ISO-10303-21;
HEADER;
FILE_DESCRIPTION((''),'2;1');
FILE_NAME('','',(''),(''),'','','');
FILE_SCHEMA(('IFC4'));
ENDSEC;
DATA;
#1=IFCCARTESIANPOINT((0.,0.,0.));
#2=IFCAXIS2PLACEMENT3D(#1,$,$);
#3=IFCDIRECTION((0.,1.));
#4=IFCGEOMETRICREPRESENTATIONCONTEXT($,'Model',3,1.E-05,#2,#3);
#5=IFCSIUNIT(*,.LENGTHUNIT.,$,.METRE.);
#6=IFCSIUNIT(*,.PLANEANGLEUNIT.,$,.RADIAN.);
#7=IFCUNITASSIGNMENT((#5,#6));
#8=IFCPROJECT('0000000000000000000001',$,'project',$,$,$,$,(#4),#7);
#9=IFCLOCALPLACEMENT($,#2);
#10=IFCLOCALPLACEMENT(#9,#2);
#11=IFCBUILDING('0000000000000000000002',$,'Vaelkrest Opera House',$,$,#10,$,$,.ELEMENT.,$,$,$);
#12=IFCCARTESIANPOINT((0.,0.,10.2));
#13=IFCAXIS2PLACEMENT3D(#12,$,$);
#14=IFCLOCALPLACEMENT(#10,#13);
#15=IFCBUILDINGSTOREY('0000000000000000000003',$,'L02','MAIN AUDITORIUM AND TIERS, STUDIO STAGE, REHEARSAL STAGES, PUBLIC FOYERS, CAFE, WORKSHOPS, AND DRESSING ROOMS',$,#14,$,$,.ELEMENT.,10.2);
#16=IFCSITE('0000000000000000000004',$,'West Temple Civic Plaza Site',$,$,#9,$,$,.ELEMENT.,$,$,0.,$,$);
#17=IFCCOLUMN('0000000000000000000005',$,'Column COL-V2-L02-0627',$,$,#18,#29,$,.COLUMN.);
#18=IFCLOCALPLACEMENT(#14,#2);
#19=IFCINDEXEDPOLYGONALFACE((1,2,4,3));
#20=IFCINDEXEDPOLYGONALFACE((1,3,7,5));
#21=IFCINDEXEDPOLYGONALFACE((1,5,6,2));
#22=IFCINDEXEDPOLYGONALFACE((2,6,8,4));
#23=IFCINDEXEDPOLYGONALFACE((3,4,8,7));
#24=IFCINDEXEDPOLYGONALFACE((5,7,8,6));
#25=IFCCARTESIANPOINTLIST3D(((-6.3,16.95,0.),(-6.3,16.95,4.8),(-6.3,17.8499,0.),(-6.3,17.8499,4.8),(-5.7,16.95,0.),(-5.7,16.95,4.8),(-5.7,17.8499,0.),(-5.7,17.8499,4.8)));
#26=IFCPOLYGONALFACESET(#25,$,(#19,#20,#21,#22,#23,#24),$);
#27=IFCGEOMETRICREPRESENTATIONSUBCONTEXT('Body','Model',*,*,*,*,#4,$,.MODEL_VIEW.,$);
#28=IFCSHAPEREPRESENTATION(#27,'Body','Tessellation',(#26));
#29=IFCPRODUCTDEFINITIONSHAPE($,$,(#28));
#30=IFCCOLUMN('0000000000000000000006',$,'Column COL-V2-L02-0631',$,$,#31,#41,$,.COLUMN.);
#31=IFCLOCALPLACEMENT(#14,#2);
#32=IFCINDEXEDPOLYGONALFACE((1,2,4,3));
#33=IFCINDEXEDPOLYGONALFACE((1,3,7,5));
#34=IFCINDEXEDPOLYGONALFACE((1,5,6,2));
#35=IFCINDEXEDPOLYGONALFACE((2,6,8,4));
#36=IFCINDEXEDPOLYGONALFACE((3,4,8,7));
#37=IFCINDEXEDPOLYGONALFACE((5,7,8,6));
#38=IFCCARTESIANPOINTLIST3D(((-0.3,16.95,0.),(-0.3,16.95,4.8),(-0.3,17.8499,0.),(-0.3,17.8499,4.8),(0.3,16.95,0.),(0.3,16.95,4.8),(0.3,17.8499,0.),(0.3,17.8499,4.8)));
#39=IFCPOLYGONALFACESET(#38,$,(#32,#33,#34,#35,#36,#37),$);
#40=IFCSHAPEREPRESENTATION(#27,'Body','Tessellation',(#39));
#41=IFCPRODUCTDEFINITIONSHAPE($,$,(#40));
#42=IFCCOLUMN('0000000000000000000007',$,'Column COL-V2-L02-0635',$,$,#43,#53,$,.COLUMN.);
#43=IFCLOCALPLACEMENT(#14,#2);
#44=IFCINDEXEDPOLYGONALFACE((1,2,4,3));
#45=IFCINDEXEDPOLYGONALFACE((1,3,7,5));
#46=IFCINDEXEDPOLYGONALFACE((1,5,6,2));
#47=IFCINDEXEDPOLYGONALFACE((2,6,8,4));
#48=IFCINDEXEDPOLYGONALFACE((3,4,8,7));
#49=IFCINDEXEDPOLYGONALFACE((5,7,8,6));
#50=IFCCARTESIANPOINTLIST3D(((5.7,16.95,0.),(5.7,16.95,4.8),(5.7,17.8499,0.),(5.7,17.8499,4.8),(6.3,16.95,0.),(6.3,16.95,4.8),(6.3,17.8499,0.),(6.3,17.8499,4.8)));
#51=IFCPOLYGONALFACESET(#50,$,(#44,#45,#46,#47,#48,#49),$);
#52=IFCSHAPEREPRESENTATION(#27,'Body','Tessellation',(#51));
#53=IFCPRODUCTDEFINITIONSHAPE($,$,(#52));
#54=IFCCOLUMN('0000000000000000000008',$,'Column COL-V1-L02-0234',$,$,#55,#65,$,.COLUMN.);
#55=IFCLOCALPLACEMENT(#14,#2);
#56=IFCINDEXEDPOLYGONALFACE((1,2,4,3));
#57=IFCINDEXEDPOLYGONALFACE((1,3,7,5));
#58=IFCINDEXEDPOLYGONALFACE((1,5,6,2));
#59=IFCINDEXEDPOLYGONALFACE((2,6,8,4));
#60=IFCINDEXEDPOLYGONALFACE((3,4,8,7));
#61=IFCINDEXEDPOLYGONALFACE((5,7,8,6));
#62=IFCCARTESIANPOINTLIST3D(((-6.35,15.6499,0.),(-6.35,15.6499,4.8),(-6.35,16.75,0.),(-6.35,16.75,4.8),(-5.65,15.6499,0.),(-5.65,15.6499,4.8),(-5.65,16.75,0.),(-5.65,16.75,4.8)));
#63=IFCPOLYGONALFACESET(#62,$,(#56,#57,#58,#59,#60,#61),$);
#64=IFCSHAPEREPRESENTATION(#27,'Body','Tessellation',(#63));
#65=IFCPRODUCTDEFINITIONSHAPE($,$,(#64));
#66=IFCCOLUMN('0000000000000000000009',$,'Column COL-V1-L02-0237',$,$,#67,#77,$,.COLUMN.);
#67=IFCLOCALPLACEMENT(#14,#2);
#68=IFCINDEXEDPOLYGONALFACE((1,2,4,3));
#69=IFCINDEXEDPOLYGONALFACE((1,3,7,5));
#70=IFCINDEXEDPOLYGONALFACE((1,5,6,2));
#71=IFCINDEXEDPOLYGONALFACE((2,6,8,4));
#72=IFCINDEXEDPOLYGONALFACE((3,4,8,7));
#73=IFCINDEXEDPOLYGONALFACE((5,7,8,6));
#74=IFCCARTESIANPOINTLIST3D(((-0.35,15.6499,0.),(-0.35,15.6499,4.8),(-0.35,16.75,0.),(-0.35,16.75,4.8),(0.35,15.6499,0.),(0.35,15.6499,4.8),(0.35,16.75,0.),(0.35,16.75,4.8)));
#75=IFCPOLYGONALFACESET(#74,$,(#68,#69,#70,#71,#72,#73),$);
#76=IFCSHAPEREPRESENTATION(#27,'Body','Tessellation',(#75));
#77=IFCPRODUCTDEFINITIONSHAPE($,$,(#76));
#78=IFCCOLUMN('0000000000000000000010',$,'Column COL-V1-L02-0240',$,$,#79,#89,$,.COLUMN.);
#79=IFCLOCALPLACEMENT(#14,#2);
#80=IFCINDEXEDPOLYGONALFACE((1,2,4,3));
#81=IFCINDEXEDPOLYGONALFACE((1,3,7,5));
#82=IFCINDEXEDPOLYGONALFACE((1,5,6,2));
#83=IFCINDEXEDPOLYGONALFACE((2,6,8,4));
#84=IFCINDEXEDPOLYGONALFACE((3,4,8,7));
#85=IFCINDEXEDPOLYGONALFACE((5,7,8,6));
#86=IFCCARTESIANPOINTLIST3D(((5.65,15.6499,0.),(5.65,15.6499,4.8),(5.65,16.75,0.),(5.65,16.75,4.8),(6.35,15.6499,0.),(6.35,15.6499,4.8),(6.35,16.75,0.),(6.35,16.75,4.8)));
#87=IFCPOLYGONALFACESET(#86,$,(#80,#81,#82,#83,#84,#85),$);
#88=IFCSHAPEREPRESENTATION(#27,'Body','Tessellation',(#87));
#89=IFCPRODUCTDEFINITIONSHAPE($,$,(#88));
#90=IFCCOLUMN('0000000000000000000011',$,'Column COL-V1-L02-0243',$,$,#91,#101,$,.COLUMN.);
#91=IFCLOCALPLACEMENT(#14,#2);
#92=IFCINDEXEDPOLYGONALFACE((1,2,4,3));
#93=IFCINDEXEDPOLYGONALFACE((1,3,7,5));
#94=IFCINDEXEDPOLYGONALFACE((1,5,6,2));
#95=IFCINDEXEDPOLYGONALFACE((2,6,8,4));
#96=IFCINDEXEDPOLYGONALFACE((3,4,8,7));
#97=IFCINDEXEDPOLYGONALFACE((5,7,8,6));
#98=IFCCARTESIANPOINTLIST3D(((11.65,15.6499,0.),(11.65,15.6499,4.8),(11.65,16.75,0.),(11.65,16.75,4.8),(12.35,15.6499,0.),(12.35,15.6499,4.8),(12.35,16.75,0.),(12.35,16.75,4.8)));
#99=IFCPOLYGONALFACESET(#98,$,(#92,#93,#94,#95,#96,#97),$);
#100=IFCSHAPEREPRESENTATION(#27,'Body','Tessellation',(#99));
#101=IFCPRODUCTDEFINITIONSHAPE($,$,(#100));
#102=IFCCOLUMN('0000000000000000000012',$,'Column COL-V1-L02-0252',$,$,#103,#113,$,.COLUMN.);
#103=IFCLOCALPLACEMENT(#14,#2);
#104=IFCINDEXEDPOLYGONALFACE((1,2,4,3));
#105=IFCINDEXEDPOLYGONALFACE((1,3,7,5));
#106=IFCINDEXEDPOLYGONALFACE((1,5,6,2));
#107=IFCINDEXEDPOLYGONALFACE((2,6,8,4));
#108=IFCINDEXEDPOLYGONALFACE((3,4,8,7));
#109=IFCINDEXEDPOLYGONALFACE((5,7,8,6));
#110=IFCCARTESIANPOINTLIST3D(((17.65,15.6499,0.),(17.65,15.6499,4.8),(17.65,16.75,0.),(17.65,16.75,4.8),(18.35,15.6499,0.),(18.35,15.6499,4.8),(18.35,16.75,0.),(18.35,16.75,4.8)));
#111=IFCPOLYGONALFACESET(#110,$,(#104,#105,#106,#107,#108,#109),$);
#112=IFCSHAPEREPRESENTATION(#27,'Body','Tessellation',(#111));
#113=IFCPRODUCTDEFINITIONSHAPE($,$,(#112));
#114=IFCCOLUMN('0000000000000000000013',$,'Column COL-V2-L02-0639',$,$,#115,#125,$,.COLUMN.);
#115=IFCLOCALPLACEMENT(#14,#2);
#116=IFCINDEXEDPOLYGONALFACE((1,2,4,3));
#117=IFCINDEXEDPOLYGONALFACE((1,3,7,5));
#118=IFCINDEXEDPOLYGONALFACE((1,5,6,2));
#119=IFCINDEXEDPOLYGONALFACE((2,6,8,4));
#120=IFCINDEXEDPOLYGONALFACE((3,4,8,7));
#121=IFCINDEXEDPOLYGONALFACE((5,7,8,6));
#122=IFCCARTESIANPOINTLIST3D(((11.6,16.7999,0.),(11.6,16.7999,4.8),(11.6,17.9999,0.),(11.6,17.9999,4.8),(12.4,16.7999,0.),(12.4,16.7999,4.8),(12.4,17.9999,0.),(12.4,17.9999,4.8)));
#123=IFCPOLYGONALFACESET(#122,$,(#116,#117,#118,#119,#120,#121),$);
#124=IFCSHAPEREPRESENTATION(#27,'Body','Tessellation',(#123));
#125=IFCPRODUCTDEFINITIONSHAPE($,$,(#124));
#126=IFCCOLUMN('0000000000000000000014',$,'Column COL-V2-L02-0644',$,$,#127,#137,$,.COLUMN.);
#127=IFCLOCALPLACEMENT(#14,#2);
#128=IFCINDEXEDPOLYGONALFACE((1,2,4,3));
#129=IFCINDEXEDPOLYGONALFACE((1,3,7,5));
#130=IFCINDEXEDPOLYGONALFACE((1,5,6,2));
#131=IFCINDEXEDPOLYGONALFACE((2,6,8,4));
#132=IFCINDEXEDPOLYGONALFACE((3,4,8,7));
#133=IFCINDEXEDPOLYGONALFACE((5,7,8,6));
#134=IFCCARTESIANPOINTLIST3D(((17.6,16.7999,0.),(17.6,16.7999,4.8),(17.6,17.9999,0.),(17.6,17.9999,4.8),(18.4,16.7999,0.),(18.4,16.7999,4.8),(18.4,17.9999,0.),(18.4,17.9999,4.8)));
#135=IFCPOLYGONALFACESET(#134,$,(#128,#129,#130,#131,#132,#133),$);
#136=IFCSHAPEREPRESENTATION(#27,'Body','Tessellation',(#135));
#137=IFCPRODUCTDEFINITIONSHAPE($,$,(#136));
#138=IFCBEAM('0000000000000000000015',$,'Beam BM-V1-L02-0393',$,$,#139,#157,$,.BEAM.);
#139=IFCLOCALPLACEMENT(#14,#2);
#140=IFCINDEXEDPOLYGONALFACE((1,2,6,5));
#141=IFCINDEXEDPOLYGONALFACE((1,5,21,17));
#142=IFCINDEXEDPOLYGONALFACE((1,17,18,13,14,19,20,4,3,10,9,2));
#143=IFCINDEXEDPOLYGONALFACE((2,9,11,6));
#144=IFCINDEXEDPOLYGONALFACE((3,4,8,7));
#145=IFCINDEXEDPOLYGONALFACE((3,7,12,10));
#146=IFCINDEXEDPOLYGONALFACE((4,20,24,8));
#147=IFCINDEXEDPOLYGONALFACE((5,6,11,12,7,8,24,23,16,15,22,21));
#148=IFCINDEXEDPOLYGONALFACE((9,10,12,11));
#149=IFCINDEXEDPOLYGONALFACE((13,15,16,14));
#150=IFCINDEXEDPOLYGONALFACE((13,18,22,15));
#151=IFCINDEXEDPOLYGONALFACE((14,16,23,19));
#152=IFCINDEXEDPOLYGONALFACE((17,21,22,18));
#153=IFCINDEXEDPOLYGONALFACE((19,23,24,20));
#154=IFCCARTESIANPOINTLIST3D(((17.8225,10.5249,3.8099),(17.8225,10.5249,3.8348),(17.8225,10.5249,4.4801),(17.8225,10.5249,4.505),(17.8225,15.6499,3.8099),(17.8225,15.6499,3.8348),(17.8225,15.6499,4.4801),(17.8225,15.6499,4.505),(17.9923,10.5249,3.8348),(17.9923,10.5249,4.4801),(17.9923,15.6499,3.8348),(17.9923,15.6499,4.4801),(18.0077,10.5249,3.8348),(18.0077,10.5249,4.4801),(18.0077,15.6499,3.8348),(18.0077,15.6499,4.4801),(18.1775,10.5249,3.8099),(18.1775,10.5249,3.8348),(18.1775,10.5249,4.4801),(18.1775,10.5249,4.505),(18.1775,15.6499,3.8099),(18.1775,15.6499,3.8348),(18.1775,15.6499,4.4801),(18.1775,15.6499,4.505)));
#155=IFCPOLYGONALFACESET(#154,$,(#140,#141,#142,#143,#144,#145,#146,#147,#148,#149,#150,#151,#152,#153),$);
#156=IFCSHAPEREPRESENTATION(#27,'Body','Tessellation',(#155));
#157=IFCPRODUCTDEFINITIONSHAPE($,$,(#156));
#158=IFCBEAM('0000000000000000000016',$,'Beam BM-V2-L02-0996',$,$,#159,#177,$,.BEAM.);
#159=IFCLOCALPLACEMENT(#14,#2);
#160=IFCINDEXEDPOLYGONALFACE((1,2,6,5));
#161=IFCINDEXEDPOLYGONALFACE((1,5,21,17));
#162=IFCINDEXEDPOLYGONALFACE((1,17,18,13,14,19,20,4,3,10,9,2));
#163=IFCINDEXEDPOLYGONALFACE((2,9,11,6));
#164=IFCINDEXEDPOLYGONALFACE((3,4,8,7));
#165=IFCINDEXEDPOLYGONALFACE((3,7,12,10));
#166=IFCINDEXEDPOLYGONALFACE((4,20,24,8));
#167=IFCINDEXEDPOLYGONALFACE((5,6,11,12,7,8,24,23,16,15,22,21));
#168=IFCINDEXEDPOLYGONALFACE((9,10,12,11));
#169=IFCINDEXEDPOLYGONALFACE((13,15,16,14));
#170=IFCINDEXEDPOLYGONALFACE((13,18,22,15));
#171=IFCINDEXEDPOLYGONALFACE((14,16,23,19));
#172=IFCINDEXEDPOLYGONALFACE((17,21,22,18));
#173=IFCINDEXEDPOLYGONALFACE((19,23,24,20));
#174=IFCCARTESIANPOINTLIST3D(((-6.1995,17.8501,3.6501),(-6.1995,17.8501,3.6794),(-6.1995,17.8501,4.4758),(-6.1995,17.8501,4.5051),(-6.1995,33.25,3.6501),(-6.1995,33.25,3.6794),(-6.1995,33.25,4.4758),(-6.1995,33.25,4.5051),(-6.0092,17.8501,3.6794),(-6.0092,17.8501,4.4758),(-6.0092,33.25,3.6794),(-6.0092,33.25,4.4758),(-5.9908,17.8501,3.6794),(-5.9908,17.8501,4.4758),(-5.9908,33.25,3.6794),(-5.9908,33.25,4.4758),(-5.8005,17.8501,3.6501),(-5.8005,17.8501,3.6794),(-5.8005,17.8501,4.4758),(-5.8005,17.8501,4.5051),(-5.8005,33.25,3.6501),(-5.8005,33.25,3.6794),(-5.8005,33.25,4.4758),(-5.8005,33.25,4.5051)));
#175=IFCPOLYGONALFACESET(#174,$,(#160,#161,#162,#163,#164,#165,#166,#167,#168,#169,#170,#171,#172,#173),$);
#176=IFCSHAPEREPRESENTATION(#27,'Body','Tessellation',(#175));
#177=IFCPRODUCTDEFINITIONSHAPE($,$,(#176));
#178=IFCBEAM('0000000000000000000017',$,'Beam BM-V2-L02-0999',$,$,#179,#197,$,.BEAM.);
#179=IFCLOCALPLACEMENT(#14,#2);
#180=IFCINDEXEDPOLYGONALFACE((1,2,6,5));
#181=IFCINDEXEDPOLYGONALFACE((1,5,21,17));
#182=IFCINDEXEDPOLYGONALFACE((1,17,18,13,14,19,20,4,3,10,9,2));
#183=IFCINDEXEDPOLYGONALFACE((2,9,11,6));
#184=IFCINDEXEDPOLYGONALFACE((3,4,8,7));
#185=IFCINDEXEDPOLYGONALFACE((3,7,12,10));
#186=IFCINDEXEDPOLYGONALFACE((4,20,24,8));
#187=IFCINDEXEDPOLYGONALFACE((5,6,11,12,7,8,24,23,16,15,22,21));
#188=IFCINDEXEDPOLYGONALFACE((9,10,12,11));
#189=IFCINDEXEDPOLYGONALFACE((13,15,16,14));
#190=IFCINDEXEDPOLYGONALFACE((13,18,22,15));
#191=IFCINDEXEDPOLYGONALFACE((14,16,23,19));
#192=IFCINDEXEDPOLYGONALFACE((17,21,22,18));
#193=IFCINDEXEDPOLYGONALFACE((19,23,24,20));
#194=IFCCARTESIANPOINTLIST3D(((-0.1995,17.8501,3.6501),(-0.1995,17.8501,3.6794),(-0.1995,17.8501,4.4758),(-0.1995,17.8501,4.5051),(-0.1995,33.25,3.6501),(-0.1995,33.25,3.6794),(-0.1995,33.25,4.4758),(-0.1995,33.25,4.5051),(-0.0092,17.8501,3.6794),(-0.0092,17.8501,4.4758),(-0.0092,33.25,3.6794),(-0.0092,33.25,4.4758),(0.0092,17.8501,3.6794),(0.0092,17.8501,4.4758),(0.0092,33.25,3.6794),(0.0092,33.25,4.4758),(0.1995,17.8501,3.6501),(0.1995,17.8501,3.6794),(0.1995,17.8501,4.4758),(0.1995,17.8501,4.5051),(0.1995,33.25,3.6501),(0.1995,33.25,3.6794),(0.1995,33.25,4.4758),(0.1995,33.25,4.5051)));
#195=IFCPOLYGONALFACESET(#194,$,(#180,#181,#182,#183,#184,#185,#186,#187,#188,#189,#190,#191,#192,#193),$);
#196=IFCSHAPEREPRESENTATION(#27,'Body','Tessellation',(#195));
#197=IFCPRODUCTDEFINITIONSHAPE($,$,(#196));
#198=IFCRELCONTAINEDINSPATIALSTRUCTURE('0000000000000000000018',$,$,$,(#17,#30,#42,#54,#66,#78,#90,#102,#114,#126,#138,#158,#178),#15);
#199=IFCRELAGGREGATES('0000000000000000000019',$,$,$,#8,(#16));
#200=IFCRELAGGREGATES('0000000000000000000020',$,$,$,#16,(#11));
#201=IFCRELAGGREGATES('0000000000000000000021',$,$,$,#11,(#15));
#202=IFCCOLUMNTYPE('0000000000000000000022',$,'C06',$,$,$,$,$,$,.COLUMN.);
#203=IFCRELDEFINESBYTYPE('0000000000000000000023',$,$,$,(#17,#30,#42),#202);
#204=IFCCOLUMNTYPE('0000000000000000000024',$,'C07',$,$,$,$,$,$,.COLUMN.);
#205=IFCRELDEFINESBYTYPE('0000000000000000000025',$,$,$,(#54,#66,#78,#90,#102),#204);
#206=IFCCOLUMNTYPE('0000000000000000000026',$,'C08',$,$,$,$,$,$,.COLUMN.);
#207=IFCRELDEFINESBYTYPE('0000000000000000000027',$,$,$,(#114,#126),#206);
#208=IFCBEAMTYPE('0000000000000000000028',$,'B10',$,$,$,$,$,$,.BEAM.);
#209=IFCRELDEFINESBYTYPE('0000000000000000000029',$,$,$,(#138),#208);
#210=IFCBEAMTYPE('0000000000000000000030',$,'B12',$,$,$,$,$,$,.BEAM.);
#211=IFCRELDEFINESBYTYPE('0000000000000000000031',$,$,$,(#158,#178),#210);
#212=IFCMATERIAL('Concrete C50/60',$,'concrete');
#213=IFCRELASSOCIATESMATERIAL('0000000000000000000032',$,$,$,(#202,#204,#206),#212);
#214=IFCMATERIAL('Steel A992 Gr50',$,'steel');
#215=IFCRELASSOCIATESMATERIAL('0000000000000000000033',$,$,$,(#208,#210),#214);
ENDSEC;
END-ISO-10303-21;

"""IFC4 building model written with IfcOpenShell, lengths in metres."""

from ifc_helpers import new_model, si_unit, direction, frame, origin, origin_2d, place, context, subcontext, project, spatial, rectangle, i_section, extrude, material, material_profile, profile_set, type_object, element, save


model = new_model("IFC4")

# Units and contexts
model_context = context("Model", 3, precision=1e-05, world=origin(), true_north=direction((0.0, 1.0)))
body_context = subcontext(model_context, "Body", "Model", "MODEL_VIEW")
ifc_project = project(units=[si_unit("LENGTHUNIT", "METRE"), si_unit("PLANEANGLEUNIT", "RADIAN")], contexts=[model_context])

# Site, building, storey
site_placement = place(None, origin())
site = spatial("IfcSite", under=ifc_project, at=site_placement, Name="West Temple Civic Plaza Site", CompositionType="ELEMENT", RefElevation=0.0)
building_placement = place(site_placement, origin())
building = spatial("IfcBuilding", under=site, at=building_placement, Name="Vaelkrest Opera House", CompositionType="ELEMENT")
storey_placement = place(building_placement, frame((0.0, 0.0, 10.2)))
storey = spatial("IfcBuildingStorey", under=building, at=storey_placement, Name="L02", Description="MAIN AUDITORIUM AND TIERS, STUDIO STAGE, REHEARSAL STAGES, PUBLIC FOYERS, CAFE, WORKSHOPS, AND DRESSING ROOMS", CompositionType="ELEMENT", Elevation=10.2)

# Columns
ifc_material_1 = material(Name="Concrete C50/60", Category="concrete")
ifc_material_profile_1 = material_profile(ifc_material_1, rectangle(XDim=0.6001, YDim=0.8999, at=origin_2d()), Name="RC600X900")
ifc_profile_set_1 = profile_set([ifc_material_profile_1], Name="Concrete C50/60")
column_type_1 = type_object("IfcColumnType", Name="C06", PredefinedType="COLUMN", material=ifc_profile_set_1)
for number, where, z_axis, x_axis, name in (
    (1, (-6.0, 17.3999, 0.0), (0.0, 0.0, 1.0), (1.0, 0.0, 0.0), "Column COL-V2-L02-0627"),
    (2, (0.0, 17.3999, 0.0), (0.0, 0.0, 1.0), (1.0, 0.0, 0.0), "Column COL-V2-L02-0631"),
    (3, (6.0, 17.3999, 0.0), (0.0, 0.0, 1.0), (1.0, 0.0, 0.0), "Column COL-V2-L02-0635"),
):
    element("IfcColumn", number, at=place(storey_placement, frame(where, z_axis=z_axis, x_axis=x_axis)), inside=storey, type_object=column_type_1, Name=name, PredefinedType="COLUMN", context=body_context, shape_type="SweptSolid", body=[
        extrude(rectangle(XDim=0.6001, YDim=0.8999, at=origin_2d()), origin(), (0.0, 0.0, 1.0), 4.8),
    ])
ifc_material_profile_2 = material_profile(ifc_material_1, rectangle(XDim=0.7, YDim=1.1001, at=origin_2d()), Name="RC700X1100")
ifc_profile_set_2 = profile_set([ifc_material_profile_2], Name="Concrete C50/60")
column_type_2 = type_object("IfcColumnType", Name="C07", PredefinedType="COLUMN", material=ifc_profile_set_2)
for number, where, z_axis, x_axis, name in (
    (4, (-6.0, 16.2, 0.0), (0.0, 0.0, 1.0), (1.0, 0.0, 0.0), "Column COL-V1-L02-0234"),
    (5, (0.0, 16.2, 0.0), (0.0, 0.0, 1.0), (1.0, 0.0, 0.0), "Column COL-V1-L02-0237"),
    (6, (6.0, 16.2, 0.0), (0.0, 0.0, 1.0), (1.0, 0.0, 0.0), "Column COL-V1-L02-0240"),
    (7, (12.0, 16.2, 0.0), (0.0, 0.0, 1.0), (1.0, 0.0, 0.0), "Column COL-V1-L02-0243"),
    (8, (18.0, 16.2, 0.0), (0.0, 0.0, 1.0), (1.0, 0.0, 0.0), "Column COL-V1-L02-0252"),
):
    element("IfcColumn", number, at=place(storey_placement, frame(where, z_axis=z_axis, x_axis=x_axis)), inside=storey, type_object=column_type_2, Name=name, PredefinedType="COLUMN", context=body_context, shape_type="SweptSolid", body=[
        extrude(rectangle(XDim=0.7, YDim=1.1001, at=origin_2d()), origin(), (0.0, 0.0, 1.0), 4.8),
    ])
ifc_material_profile_3 = material_profile(ifc_material_1, rectangle(XDim=0.8, YDim=1.2, at=origin_2d()), Name="RC800X1200")
ifc_profile_set_3 = profile_set([ifc_material_profile_3], Name="Concrete C50/60")
column_type_3 = type_object("IfcColumnType", Name="C08", PredefinedType="COLUMN", material=ifc_profile_set_3)
for number, where, z_axis, x_axis, name in (
    (9, (12.0, 17.3999, 0.0), (0.0, 0.0, 1.0), (1.0, 0.0, 0.0), "Column COL-V2-L02-0639"),
    (10, (18.0, 17.3999, 0.0), (0.0, 0.0, 1.0), (1.0, 0.0, 0.0), "Column COL-V2-L02-0644"),
):
    element("IfcColumn", number, at=place(storey_placement, frame(where, z_axis=z_axis, x_axis=x_axis)), inside=storey, type_object=column_type_3, Name=name, PredefinedType="COLUMN", context=body_context, shape_type="SweptSolid", body=[
        extrude(rectangle(XDim=0.8, YDim=1.2, at=origin_2d()), origin(), (0.0, 0.0, 1.0), 4.8),
    ])

# Beams
ifc_material_2 = material(Name="Steel A992 Gr50", Category="steel")
ifc_material_profile_4 = material_profile(ifc_material_2, i_section(OverallWidth=0.355, OverallDepth=0.6951, WebThickness=0.0154, FlangeThickness=0.0249, at=origin_2d()), Name="W27X146")
ifc_profile_set_4 = profile_set([ifc_material_profile_4], Name="Steel A992 Gr50")
beam_type_1 = type_object("IfcBeamType", Name="B10", PredefinedType="BEAM", material=ifc_profile_set_4)
beam_1_placement = place(storey_placement, frame((18.0, 10.5249, 4.1575), z_axis=(0.0, 1.0, 0.0), x_axis=(-1.0, 0.0, 0.0)))
element("IfcBeam", 11, at=beam_1_placement, inside=storey, type_object=beam_type_1, Name="Beam BM-V1-L02-0393", PredefinedType="BEAM", context=body_context, shape_type="SweptSolid", body=[
    extrude(i_section(OverallWidth=0.355, OverallDepth=0.6951, WebThickness=0.0154, FlangeThickness=0.0249, at=origin_2d()), origin(), (0.0, 0.0, 1.0), 5.125),
])
ifc_material_profile_5 = material_profile(ifc_material_2, i_section(OverallWidth=0.3989, OverallDepth=0.855, WebThickness=0.0183, FlangeThickness=0.0293, at=origin_2d()), Name="W33X201")
ifc_profile_set_5 = profile_set([ifc_material_profile_5], Name="Steel A992 Gr50")
beam_type_2 = type_object("IfcBeamType", Name="B12", PredefinedType="BEAM", material=ifc_profile_set_5)
for number, where, z_axis, x_axis, name in (
    (12, (-6.0, 17.8501, 4.0776), (0.0, 1.0, 0.0), (-1.0, 0.0, 0.0), "Beam BM-V2-L02-0996"),
    (13, (0.0, 17.8501, 4.0776), (0.0, 1.0, 0.0), (-1.0, 0.0, 0.0), "Beam BM-V2-L02-0999"),
):
    element("IfcBeam", number, at=place(storey_placement, frame(where, z_axis=z_axis, x_axis=x_axis)), inside=storey, type_object=beam_type_2, Name=name, PredefinedType="BEAM", context=body_context, shape_type="SweptSolid", body=[
        extrude(i_section(OverallWidth=0.3989, OverallDepth=0.855, WebThickness=0.0183, FlangeThickness=0.0293, at=origin_2d()), origin(), (0.0, 0.0, 1.0), 15.3999),
    ])

save(model, "model.ifc")
